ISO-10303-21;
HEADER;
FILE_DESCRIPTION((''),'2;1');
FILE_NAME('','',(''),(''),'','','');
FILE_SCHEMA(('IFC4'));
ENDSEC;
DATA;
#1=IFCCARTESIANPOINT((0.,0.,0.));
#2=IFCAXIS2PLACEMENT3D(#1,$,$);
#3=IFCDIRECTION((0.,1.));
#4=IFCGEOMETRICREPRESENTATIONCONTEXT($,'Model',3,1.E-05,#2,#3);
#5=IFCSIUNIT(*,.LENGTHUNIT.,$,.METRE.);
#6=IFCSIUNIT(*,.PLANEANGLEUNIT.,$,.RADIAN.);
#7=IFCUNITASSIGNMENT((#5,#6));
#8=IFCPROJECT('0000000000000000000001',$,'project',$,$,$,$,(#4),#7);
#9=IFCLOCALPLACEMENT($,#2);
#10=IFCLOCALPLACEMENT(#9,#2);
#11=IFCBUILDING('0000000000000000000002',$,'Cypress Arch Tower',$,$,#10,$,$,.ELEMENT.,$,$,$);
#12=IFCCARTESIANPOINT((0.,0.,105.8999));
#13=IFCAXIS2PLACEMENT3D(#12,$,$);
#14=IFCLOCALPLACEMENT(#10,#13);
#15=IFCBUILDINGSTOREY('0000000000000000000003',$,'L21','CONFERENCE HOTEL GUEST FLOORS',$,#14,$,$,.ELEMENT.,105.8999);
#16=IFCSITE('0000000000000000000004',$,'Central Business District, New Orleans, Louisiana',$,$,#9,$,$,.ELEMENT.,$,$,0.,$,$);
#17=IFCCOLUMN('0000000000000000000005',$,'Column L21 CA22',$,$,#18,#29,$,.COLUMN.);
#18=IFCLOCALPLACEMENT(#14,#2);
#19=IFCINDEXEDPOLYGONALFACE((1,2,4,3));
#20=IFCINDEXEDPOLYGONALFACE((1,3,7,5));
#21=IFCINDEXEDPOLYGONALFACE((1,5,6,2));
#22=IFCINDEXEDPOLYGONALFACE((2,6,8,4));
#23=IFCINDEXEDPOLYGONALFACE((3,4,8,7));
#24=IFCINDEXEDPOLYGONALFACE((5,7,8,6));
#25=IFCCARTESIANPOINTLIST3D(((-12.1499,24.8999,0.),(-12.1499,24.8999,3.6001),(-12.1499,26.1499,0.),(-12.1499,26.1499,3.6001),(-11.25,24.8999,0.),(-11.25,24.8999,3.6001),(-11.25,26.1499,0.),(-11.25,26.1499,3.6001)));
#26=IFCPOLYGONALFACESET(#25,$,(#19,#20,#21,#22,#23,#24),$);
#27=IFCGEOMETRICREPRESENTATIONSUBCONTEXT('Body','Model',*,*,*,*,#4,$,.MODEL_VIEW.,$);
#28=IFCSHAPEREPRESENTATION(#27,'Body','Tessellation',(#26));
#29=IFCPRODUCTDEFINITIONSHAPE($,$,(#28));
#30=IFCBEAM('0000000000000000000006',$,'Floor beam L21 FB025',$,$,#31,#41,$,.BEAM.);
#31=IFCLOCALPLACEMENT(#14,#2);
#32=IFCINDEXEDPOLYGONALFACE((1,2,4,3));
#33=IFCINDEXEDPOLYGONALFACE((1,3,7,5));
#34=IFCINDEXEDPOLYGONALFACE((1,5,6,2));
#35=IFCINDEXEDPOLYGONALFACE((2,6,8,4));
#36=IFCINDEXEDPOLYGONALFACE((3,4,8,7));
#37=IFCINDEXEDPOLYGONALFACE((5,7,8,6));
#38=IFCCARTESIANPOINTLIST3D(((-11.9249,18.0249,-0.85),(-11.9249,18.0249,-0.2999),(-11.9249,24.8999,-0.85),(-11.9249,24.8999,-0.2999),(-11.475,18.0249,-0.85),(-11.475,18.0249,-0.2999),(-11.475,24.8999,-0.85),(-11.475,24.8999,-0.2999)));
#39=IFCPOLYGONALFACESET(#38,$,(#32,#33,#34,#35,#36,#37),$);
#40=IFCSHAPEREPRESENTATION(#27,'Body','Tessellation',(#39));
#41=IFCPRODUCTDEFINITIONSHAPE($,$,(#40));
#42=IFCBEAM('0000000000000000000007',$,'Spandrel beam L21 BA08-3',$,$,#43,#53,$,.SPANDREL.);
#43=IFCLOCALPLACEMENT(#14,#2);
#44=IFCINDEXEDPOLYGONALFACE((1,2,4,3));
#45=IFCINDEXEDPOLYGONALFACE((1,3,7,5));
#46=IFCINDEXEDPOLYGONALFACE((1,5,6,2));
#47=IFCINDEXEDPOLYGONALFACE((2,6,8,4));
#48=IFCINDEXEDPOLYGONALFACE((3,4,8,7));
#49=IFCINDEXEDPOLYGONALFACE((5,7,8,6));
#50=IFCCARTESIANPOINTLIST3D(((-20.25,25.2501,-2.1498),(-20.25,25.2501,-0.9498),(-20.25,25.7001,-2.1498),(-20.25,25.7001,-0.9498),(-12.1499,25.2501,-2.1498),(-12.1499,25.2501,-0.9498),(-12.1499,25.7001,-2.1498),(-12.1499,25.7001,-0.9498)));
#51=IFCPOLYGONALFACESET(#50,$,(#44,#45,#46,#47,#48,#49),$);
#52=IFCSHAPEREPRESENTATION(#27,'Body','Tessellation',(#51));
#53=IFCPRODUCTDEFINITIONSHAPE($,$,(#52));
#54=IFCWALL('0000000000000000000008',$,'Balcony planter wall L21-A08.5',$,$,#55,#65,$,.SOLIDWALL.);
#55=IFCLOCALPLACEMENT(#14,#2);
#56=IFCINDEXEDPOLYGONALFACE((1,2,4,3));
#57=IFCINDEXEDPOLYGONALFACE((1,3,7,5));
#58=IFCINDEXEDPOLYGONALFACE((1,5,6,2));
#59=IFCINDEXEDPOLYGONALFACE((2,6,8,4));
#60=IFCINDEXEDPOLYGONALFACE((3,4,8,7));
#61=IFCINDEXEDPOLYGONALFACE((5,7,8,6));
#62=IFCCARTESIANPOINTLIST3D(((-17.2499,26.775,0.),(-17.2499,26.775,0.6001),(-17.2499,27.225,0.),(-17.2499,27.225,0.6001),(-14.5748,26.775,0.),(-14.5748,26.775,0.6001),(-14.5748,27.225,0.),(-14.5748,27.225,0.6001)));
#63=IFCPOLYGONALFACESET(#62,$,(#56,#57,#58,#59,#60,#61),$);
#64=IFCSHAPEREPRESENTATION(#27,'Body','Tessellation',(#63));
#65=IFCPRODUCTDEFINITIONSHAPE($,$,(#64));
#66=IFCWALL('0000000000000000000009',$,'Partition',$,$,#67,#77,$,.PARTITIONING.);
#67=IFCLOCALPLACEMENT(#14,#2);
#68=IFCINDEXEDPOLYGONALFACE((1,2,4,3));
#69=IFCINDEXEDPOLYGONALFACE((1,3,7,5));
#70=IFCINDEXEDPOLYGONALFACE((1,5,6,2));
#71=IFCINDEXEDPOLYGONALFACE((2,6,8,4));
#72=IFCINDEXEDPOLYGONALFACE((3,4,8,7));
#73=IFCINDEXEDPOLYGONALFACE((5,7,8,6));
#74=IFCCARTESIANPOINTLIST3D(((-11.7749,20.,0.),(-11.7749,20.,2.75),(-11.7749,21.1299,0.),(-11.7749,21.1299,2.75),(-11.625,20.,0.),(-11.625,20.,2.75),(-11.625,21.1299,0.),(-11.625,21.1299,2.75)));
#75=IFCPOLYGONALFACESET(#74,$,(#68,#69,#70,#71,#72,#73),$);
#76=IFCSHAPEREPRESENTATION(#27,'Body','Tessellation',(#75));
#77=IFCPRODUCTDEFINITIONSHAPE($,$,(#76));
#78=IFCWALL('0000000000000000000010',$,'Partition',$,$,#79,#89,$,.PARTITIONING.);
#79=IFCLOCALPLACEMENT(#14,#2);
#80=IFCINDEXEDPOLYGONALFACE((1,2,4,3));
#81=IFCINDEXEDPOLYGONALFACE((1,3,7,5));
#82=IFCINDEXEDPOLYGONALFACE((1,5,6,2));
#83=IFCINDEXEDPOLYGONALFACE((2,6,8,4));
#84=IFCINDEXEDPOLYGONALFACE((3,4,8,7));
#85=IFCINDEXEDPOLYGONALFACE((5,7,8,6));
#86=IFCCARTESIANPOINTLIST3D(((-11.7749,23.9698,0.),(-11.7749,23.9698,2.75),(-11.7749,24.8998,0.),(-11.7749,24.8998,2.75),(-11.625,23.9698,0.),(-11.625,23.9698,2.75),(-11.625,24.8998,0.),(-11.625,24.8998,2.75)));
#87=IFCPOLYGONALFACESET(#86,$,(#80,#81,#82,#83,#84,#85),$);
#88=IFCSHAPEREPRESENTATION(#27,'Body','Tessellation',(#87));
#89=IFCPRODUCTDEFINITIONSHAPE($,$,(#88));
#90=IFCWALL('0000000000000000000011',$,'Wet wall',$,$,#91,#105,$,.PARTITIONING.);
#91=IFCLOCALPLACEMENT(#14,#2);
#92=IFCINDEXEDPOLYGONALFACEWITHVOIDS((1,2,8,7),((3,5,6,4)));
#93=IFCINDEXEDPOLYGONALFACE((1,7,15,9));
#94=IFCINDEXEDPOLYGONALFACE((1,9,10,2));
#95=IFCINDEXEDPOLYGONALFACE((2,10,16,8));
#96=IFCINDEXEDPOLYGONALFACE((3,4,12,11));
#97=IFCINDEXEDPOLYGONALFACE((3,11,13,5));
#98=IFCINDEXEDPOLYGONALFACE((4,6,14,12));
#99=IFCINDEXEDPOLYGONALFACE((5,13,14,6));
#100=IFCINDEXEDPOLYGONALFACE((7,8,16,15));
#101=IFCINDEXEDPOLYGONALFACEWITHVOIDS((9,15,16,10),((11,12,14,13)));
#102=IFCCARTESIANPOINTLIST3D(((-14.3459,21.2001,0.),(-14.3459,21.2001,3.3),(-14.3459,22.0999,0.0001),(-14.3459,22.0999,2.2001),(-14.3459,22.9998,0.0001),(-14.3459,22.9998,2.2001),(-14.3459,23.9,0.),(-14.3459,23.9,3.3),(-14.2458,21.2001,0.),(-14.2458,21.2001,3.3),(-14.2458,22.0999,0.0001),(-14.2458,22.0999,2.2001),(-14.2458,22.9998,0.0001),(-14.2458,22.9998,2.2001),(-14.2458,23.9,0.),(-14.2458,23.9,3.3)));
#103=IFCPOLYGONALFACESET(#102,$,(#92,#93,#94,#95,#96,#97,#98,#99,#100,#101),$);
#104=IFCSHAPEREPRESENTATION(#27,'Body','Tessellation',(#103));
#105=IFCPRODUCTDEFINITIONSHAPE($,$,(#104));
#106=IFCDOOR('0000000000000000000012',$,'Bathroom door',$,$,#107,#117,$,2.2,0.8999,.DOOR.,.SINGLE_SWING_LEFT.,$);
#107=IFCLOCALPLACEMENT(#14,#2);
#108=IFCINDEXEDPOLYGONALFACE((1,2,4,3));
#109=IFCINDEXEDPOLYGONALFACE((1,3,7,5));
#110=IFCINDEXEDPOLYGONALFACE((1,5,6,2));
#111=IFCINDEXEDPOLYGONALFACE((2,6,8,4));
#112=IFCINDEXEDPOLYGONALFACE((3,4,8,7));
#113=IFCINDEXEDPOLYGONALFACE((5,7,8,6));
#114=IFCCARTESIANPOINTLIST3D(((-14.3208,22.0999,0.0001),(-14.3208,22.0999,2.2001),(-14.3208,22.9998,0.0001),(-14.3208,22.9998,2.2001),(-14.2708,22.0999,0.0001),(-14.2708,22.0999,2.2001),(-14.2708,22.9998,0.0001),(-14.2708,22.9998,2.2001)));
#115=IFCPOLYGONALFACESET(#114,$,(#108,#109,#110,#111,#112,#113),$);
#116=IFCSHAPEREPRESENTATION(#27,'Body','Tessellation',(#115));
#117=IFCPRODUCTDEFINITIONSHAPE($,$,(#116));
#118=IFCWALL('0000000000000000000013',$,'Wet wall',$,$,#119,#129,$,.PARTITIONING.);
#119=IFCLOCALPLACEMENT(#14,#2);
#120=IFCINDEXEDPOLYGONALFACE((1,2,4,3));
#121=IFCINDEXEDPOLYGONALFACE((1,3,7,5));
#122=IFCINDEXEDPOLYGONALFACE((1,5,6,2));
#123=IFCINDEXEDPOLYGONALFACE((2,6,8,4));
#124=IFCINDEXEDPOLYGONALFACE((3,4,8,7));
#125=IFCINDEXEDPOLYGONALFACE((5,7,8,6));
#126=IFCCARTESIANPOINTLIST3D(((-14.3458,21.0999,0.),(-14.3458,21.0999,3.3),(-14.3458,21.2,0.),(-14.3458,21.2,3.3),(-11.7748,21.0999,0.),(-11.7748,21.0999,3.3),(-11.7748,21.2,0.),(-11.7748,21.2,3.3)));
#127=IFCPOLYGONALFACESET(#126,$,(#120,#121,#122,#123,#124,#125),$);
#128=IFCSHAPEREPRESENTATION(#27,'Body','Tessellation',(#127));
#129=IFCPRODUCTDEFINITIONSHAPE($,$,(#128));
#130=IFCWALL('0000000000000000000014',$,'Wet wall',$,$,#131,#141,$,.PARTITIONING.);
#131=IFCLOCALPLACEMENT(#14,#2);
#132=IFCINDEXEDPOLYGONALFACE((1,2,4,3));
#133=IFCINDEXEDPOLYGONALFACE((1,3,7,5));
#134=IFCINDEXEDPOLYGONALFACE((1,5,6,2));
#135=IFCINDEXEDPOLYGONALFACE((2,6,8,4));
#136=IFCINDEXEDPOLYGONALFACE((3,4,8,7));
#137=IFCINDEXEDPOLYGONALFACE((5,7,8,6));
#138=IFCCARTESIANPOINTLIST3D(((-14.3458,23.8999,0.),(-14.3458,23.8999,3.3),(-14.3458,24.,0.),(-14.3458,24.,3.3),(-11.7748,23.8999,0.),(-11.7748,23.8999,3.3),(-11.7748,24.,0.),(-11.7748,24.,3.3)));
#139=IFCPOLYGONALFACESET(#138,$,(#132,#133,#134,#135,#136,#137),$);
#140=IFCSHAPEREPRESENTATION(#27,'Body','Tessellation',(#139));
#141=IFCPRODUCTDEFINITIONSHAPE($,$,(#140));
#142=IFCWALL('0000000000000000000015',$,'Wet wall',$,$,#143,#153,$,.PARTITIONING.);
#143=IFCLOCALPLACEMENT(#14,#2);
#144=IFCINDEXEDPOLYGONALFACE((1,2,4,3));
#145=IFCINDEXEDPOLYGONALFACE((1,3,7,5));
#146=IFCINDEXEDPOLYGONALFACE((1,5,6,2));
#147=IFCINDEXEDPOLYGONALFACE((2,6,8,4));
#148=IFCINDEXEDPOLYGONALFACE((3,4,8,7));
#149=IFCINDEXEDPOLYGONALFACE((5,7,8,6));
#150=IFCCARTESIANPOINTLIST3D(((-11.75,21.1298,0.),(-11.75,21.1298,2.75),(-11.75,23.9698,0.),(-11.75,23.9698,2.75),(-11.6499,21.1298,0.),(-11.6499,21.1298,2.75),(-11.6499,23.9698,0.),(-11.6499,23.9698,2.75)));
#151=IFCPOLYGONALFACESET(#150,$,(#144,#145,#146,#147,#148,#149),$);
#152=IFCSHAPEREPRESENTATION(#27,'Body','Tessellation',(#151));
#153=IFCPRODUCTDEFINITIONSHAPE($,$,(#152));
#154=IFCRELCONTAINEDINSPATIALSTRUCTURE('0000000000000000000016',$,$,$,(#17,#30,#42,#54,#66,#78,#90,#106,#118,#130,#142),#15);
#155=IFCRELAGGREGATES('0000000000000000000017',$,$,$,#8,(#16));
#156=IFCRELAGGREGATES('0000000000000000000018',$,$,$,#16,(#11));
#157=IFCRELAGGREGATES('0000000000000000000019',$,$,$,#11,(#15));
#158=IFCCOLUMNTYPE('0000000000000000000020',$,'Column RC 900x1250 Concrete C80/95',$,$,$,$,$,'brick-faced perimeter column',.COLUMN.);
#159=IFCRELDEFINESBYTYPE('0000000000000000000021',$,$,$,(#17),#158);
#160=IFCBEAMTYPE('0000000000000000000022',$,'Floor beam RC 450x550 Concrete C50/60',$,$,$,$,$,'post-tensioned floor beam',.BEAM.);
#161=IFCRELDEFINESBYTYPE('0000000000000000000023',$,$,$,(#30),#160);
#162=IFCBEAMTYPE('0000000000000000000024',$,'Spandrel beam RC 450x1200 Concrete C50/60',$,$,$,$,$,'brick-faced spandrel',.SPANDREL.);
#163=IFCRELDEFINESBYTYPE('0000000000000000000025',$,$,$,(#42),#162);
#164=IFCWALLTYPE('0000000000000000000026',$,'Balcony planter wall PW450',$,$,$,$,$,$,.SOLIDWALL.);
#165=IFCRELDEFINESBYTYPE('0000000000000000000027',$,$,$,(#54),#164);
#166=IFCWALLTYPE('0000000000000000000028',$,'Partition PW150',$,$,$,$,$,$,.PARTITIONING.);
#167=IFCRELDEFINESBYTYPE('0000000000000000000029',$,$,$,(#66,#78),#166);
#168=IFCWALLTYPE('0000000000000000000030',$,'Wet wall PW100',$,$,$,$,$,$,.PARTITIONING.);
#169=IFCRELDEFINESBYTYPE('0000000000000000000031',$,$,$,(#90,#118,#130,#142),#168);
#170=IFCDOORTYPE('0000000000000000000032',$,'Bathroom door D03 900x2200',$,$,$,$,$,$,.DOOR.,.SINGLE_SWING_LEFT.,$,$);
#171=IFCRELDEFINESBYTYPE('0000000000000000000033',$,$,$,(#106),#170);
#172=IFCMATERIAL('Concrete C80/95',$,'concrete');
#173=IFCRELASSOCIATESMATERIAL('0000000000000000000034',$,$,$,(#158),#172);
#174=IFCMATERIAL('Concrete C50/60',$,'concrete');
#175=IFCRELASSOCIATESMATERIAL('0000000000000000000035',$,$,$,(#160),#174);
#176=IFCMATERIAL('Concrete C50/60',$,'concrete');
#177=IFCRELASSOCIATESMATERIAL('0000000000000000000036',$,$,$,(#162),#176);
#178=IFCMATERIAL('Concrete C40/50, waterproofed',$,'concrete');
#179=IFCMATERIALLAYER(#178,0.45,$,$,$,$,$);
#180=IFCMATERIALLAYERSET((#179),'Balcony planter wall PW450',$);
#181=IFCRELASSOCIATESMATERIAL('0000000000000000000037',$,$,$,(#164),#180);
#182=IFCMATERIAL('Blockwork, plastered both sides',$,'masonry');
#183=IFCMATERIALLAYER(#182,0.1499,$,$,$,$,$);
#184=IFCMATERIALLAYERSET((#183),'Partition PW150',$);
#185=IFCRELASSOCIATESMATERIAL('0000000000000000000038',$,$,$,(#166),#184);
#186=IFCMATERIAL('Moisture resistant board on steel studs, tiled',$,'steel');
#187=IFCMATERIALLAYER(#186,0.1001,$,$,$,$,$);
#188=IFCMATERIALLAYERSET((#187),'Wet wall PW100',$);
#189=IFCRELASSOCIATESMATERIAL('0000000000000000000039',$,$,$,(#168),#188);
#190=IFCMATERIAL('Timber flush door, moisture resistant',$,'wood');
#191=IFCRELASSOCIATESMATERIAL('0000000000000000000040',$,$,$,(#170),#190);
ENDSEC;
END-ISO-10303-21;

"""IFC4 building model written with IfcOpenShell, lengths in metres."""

from ifc_helpers import new_model, si_unit, direction, frame, frame_2d, origin, origin_2d, place, context, subcontext, project, spatial, rectangle, extrude, material, layer, layer_set, material_profile, profile_set, type_object, element, fill, save


model = new_model("IFC4")

# Units and contexts
model_context = context("Model", 3, precision=1e-05, world=origin(), true_north=direction((0.0, 1.0)))
body_context = subcontext(model_context, "Body", "Model", "MODEL_VIEW")
ifc_project = project(units=[si_unit("LENGTHUNIT", "METRE"), si_unit("PLANEANGLEUNIT", "RADIAN")], contexts=[model_context])

# Site, building, storey
site_placement = place(None, origin())
site = spatial("IfcSite", under=ifc_project, at=site_placement, Name="Central Business District, New Orleans, Louisiana", CompositionType="ELEMENT", RefElevation=0.0)
building_placement = place(site_placement, origin())
building = spatial("IfcBuilding", under=site, at=building_placement, Name="Cypress Arch Tower", CompositionType="ELEMENT")
storey_placement = place(building_placement, frame((0.0, 0.0, 105.8999)))
storey = spatial("IfcBuildingStorey", under=building, at=storey_placement, Name="L21", Description="CONFERENCE HOTEL GUEST FLOORS", CompositionType="ELEMENT", Elevation=105.8999)

# Column
ifc_material_1 = material(Name="Concrete C80/95", Category="concrete")
ifc_material_profile_1 = material_profile(ifc_material_1, rectangle(XDim=0.8999, YDim=1.25, at=origin_2d()), Name="RC 900x1250")
ifc_profile_set_1 = profile_set([ifc_material_profile_1], Name="Concrete C80/95")
column_type = type_object("IfcColumnType", Name="Column RC 900x1250 Concrete C80/95", ElementType="brick-faced perimeter column", PredefinedType="COLUMN", material=ifc_profile_set_1)
column_placement = place(storey_placement, frame((-11.7, 25.5249, 0.0), z_axis=(0.0, 0.0, 1.0), x_axis=(-1.0, 0.0, 0.0)))
element("IfcColumn", 1, at=column_placement, inside=storey, type_object=column_type, Name="Column L21 CA22", PredefinedType="COLUMN", context=body_context, shape_type="SweptSolid", body=[
    extrude(rectangle(XDim=0.8999, YDim=1.25, at=origin_2d()), origin(), (0.0, 0.0, 1.0), 3.6001),
])

# Beams
ifc_material_2 = material(Name="Concrete C50/60", Category="concrete")
ifc_material_profile_2 = material_profile(ifc_material_2, rectangle(XDim=0.45, YDim=0.55, at=origin_2d()), Name="RC 450x550")
ifc_profile_set_2 = profile_set([ifc_material_profile_2], Name="Concrete C50/60")
beam_type_1 = type_object("IfcBeamType", Name="Floor beam RC 450x550 Concrete C50/60", ElementType="post-tensioned floor beam", PredefinedType="BEAM", material=ifc_profile_set_2)
beam_1_placement = place(storey_placement, frame((-11.7, 18.0249, -0.575), z_axis=(0.0, 1.0, 0.0), x_axis=(-1.0, 0.0, 0.0)))
element("IfcBeam", 2, at=beam_1_placement, inside=storey, type_object=beam_type_1, Name="Floor beam L21 FB025", PredefinedType="BEAM", context=body_context, shape_type="SweptSolid", body=[
    extrude(rectangle(XDim=0.45, YDim=0.55, at=origin_2d()), origin(), (0.0, 0.0, 1.0), 6.875),
])
ifc_material_3 = material(Name="Concrete C50/60", Category="concrete")
ifc_material_profile_3 = material_profile(ifc_material_3, rectangle(XDim=0.45, YDim=1.2, at=origin_2d()), Name="RC 450x1200")
ifc_profile_set_3 = profile_set([ifc_material_profile_3], Name="Concrete C50/60")
beam_type_2 = type_object("IfcBeamType", Name="Spandrel beam RC 450x1200 Concrete C50/60", ElementType="brick-faced spandrel", PredefinedType="SPANDREL", material=ifc_profile_set_3)
beam_2_placement = place(storey_placement, frame((-12.1499, 25.4751, -1.5498), z_axis=(-1.0, 0.0, 0.0), x_axis=(0.0, -1.0, 0.0)))
element("IfcBeam", 3, at=beam_2_placement, inside=storey, type_object=beam_type_2, Name="Spandrel beam L21 BA08-3", PredefinedType="SPANDREL", context=body_context, shape_type="SweptSolid", body=[
    extrude(rectangle(XDim=0.45, YDim=1.2, at=origin_2d()), origin(), (0.0, 0.0, 1.0), 8.1001),
])

# Wall
ifc_material_4 = material(Name="Concrete C40/50, waterproofed", Category="concrete")
ifc_layer_1 = layer(ifc_material_4, 0.45)
ifc_layer_set_1 = layer_set([ifc_layer_1], Name="Balcony planter wall PW450")
wall_type_1 = type_object("IfcWallType", Name="Balcony planter wall PW450", PredefinedType="SOLIDWALL", material=ifc_layer_set_1)
wall_1_placement = place(storey_placement, frame((-14.575, 27.0, 0.0), z_axis=(0.0, 0.0, 1.0), x_axis=(-1.0, 0.0, 0.0)))
element("IfcWall", 4, at=wall_1_placement, inside=storey, type_object=wall_type_1, Name="Balcony planter wall L21-A08.5", PredefinedType="SOLIDWALL", context=body_context, shape_type="SweptSolid", body=[
    extrude(rectangle(XDim=2.675, YDim=0.45, at=frame_2d((1.3374, 0.0))), origin(), (0.0, 0.0, 1.0), 0.6001),
])

# Walls
ifc_material_5 = material(Name="Blockwork, plastered both sides", Category="masonry")
ifc_layer_2 = layer(ifc_material_5, 0.1499)
ifc_layer_set_2 = layer_set([ifc_layer_2], Name="Partition PW150")
wall_type_2 = type_object("IfcWallType", Name="Partition PW150", PredefinedType="PARTITIONING", material=ifc_layer_set_2)
wall_2_placement = place(storey_placement, frame((-11.7, 20.0, 0.0), z_axis=(0.0, 0.0, 1.0), x_axis=(0.0, 1.0, 0.0)))
element("IfcWall", 5, at=wall_2_placement, inside=storey, type_object=wall_type_2, Name="Partition", PredefinedType="PARTITIONING", context=body_context, shape_type="SweptSolid", body=[
    extrude(rectangle(XDim=1.1299, YDim=0.1499, at=frame_2d((0.5649, 0.0))), origin(), (0.0, 0.0, 1.0), 2.75),
])
wall_3_placement = place(storey_placement, frame((-11.7, 23.97, 0.0), z_axis=(0.0, 0.0, 1.0), x_axis=(0.0, 1.0, 0.0)))
element("IfcWall", 6, at=wall_3_placement, inside=storey, type_object=wall_type_2, Name="Partition", PredefinedType="PARTITIONING", context=body_context, shape_type="SweptSolid", body=[
    extrude(rectangle(XDim=0.9299, YDim=0.1499, at=frame_2d((0.4648, 0.0))), origin(), (0.0, 0.0, 1.0), 2.75),
])

# Wall, opening, door
ifc_material_6 = material(Name="Moisture resistant board on steel studs, tiled", Category="steel")
ifc_layer_3 = layer(ifc_material_6, 0.1001)
ifc_layer_set_3 = layer_set([ifc_layer_3], Name="Wet wall PW100")
wall_type_3 = type_object("IfcWallType", Name="Wet wall PW100", PredefinedType="PARTITIONING", material=ifc_layer_set_3)
wall_4_placement = place(storey_placement, frame((-14.2959, 21.2, 0.0), z_axis=(0.0, 0.0, 1.0), x_axis=(0.0, 1.0, 0.0)))
wall_4 = element("IfcWall", 7, at=wall_4_placement, inside=storey, type_object=wall_type_3, Name="Wet wall", PredefinedType="PARTITIONING", context=body_context, shape_type="SweptSolid", body=[
    extrude(rectangle(XDim=2.7, YDim=0.1001, at=frame_2d((1.3501, 0.0))), origin(), (0.0, 0.0, 1.0), 3.3),
])
opening_1_placement = place(wall_4_placement, frame((0.8999, 0.0, 0.0)))
opening_1 = element("IfcOpeningElement", 8, at=opening_1_placement, cuts=wall_4, PredefinedType="OPENING", context=body_context, shape_type="SweptSolid", body=[
    extrude(rectangle(XDim=0.8999, YDim=2.2, at=frame_2d((0.45, 1.1001))), frame((0.0, 0.0601, 0.0), z_axis=(0.0, -1.0, 0.0), x_axis=(1.0, 0.0, 0.0)), (0.0, 0.0, 1.0), 0.1201),
])
ifc_material_7 = material(Name="Timber flush door, moisture resistant", Category="wood")
door_type_1 = type_object("IfcDoorType", Name="Bathroom door D03 900x2200", OperationType="SINGLE_SWING_LEFT", PredefinedType="DOOR", material=ifc_material_7)
door_1_placement = place(opening_1_placement, origin())
door_1 = element("IfcDoor", 9, at=door_1_placement, inside=storey, type_object=door_type_1, Name="Bathroom door", OperationType="SINGLE_SWING_LEFT", OverallHeight=2.2, OverallWidth=0.8999, PredefinedType="DOOR", context=body_context, shape_type="SweptSolid", body=[
    extrude(rectangle(XDim=0.8999, YDim=2.2, at=frame_2d((0.45, 1.1001))), frame((0.0, 0.0249, 0.0), z_axis=(0.0, -1.0, 0.0), x_axis=(1.0, 0.0, 0.0)), (0.0, 0.0, 1.0), 0.05),
])
fill(opening_1, door_1)

# Walls
for number, where, z_axis, x_axis, name in (
    (10, (-14.3459, 21.1499, 0.0), (0.0, 0.0, 1.0), (1.0, 0.0, 0.0), "Wet wall"),
    (11, (-14.3459, 23.95, 0.0), (0.0, 0.0, 1.0), (1.0, 0.0, 0.0), "Wet wall"),
):
    element("IfcWall", number, at=place(storey_placement, frame(where, z_axis=z_axis, x_axis=x_axis)), inside=storey, type_object=wall_type_3, Name=name, PredefinedType="PARTITIONING", context=body_context, shape_type="SweptSolid", body=[
        extrude(rectangle(XDim=2.571, YDim=0.1001, at=frame_2d((1.2856, 0.0))), origin(), (0.0, 0.0, 1.0), 3.3),
    ])
wall_5_placement = place(storey_placement, frame((-11.7, 21.1299, 0.0), z_axis=(0.0, 0.0, 1.0), x_axis=(0.0, 1.0, 0.0)))
element("IfcWall", 12, at=wall_5_placement, inside=storey, type_object=wall_type_3, Name="Wet wall", PredefinedType="PARTITIONING", context=body_context, shape_type="SweptSolid", body=[
    extrude(rectangle(XDim=2.8401, YDim=0.1001, at=frame_2d((1.4199, 0.0))), origin(), (0.0, 0.0, 1.0), 2.75),
])

save(model, "model.ifc")
